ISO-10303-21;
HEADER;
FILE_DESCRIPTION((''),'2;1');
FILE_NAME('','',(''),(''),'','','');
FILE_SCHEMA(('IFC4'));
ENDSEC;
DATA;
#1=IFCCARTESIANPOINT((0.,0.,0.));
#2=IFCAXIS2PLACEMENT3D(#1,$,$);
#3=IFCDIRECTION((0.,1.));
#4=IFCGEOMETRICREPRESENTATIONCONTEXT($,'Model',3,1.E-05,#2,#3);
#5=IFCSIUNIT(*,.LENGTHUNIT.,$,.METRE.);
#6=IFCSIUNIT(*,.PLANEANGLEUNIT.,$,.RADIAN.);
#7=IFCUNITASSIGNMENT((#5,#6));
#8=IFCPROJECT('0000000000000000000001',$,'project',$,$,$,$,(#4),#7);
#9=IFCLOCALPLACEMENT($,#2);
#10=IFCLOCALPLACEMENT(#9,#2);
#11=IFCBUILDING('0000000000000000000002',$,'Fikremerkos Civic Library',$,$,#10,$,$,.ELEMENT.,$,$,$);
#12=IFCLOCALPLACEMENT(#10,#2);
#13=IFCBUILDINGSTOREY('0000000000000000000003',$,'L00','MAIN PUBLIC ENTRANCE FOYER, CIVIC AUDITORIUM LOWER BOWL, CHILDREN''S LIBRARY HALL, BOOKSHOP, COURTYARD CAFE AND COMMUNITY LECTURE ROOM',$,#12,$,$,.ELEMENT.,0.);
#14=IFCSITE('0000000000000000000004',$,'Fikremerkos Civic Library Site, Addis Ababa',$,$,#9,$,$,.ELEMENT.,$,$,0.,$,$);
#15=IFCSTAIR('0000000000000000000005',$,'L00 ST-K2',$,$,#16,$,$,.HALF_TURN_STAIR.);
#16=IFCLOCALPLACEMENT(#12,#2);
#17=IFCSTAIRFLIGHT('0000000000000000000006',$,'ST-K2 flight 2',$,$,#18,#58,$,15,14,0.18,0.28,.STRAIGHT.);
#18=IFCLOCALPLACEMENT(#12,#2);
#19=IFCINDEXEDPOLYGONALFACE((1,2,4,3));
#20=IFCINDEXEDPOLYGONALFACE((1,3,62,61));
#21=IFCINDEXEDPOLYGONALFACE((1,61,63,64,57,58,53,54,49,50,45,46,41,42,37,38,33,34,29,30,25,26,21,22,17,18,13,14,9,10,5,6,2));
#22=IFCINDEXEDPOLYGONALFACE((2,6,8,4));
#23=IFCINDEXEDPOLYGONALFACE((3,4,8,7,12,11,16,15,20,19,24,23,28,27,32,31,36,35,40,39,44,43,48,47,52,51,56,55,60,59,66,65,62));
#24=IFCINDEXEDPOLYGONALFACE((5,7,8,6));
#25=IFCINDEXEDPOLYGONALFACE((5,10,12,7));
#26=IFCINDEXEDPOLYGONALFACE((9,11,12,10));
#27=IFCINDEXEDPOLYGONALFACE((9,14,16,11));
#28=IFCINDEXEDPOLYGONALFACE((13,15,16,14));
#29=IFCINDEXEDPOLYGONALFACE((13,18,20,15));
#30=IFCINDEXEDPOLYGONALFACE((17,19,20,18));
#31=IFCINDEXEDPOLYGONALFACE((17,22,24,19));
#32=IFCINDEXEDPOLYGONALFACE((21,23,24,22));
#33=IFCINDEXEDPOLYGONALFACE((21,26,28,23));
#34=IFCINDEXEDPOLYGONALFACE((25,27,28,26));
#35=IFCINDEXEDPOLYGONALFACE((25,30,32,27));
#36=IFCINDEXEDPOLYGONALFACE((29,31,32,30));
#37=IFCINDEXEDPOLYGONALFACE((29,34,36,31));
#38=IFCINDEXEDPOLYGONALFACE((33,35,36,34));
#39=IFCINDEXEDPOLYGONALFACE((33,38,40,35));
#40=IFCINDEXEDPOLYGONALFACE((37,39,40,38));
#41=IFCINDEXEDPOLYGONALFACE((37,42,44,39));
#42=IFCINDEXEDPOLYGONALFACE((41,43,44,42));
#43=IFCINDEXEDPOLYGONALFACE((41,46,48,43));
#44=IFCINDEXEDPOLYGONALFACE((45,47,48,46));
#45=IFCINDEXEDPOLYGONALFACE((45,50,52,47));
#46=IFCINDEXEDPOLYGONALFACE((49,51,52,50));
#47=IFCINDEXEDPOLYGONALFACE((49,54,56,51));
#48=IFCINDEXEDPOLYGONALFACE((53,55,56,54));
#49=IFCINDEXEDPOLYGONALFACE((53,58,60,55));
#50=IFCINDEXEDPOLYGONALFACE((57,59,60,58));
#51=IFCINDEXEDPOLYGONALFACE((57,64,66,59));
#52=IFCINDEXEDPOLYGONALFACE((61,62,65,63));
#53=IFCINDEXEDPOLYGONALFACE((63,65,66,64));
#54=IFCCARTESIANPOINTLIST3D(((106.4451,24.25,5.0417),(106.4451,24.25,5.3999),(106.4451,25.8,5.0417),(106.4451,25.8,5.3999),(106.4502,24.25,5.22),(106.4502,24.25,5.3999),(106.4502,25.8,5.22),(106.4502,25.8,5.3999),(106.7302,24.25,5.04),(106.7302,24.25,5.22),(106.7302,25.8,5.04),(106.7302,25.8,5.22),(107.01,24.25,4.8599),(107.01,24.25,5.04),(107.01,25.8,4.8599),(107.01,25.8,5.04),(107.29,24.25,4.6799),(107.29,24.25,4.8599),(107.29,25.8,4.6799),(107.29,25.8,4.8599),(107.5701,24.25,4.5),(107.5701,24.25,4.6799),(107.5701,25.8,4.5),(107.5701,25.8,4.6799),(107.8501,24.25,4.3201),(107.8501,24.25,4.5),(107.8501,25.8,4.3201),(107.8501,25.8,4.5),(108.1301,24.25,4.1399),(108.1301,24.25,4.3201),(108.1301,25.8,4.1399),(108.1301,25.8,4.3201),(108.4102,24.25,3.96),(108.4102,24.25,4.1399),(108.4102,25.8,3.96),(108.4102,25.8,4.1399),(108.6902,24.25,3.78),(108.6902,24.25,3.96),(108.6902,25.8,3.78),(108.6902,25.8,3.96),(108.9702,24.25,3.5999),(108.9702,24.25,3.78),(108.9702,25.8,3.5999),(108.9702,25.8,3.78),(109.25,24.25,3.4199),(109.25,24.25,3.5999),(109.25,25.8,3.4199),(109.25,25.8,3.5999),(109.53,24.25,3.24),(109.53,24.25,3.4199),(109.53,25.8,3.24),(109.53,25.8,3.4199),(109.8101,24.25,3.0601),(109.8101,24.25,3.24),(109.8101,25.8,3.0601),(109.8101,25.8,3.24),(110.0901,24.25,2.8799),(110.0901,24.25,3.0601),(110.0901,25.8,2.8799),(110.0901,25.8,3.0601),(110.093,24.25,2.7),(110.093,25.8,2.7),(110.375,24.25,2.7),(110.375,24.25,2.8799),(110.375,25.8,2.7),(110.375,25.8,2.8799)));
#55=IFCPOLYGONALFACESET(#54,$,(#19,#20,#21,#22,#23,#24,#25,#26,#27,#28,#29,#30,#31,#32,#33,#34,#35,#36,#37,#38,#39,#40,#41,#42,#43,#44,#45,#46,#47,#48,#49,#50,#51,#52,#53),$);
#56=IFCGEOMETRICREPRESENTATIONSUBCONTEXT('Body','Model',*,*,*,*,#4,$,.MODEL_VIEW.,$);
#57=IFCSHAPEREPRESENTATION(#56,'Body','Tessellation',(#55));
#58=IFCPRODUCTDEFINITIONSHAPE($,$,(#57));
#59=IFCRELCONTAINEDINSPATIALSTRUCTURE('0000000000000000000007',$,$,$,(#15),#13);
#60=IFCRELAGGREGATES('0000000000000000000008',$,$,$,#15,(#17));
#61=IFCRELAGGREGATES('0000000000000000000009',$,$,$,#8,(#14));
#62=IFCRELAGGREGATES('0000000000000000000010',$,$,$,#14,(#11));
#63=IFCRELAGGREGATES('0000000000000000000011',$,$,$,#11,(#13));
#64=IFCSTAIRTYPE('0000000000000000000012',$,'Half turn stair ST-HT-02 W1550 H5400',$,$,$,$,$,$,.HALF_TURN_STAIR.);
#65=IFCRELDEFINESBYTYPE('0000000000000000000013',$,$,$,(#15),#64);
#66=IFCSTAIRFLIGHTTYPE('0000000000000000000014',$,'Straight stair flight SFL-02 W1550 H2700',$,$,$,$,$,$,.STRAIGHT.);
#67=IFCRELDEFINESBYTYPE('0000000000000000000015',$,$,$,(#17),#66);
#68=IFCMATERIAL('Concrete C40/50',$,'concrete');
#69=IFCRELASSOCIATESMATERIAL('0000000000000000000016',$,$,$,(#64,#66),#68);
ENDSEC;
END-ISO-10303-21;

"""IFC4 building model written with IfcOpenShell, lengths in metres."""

from ifc_helpers import new_model, si_unit, direction, frame, origin, place, context, subcontext, project, spatial, polyline, outline, extrude, material, type_object, element, aggregate, save


model = new_model("IFC4")

# Units and contexts
model_context = context("Model", 3, precision=1e-05, world=origin(), true_north=direction((0.0, 1.0)))
body_context = subcontext(model_context, "Body", "Model", "MODEL_VIEW")
ifc_project = project(units=[si_unit("LENGTHUNIT", "METRE"), si_unit("PLANEANGLEUNIT", "RADIAN")], contexts=[model_context])

# Site, building, storey
site_placement = place(None, origin())
site = spatial("IfcSite", under=ifc_project, at=site_placement, Name="Fikremerkos Civic Library Site, Addis Ababa", CompositionType="ELEMENT", RefElevation=0.0)
building_placement = place(site_placement, origin())
building = spatial("IfcBuilding", under=site, at=building_placement, Name="Fikremerkos Civic Library", CompositionType="ELEMENT")
storey_placement = place(building_placement, origin())
storey = spatial("IfcBuildingStorey", under=building, at=storey_placement, Name="L00", Description="MAIN PUBLIC ENTRANCE FOYER, CIVIC AUDITORIUM LOWER BOWL, CHILDREN'S LIBRARY HALL, BOOKSHOP, COURTYARD CAFE AND COMMUNITY LECTURE ROOM", CompositionType="ELEMENT", Elevation=0.0)

# Shared definitions
ifc_material_1 = material(Name="Concrete C40/50", Category="concrete")

# Stair, stair flight
stair_type = type_object("IfcStairType", Name="Half turn stair ST-HT-02 W1550 H5400", PredefinedType="HALF_TURN_STAIR", material=ifc_material_1)
stair_placement = place(storey_placement, origin())
stair = element("IfcStair", 1, at=stair_placement, inside=storey, type_object=stair_type, Name="L00 ST-K2", PredefinedType="HALF_TURN_STAIR")
stair_flight_type = type_object("IfcStairFlightType", Name="Straight stair flight SFL-02 W1550 H2700", PredefinedType="STRAIGHT", material=ifc_material_1)
stair_flight_1_placement = place(storey_placement, frame((110.3701, 25.0249, 2.7), z_axis=(0.0, 0.0, 1.0), x_axis=(-1.0, 0.0, 0.0)))
stair_flight_1 = element("IfcStairFlight", 2, at=stair_flight_1_placement, type_object=stair_flight_type, Name="ST-K2 flight 2", NumberOfRisers=15, NumberOfTreads=14, PredefinedType="STRAIGHT", RiserHeight=0.18, TreadLength=0.28, context=body_context, shape_type="SweptSolid", body=[
    extrude(outline(polyline([(-0.0049, 0.0), (-0.0049, 0.1799), (0.28, 0.1799), (0.28, 0.3601), (0.5601, 0.3601), (0.5601, 0.54), (0.8401, 0.54), (0.8401, 0.72), (1.1201, 0.72), (1.1201, 0.8999), (1.3999, 0.8999), (1.3999, 1.0801), (1.6799, 1.0801), (1.6799, 1.26), (1.96, 1.26), (1.96, 1.4399), (2.24, 1.4399), (2.24, 1.6201), (2.52, 1.6201), (2.52, 1.8), (2.8, 1.8), (2.8, 1.98), (3.0801, 1.98), (3.0801, 2.1599), (3.3601, 2.1599), (3.3601, 2.3401), (3.6399, 2.3401), (3.6399, 2.52), (3.9199, 2.52), (3.9199, 2.7), (3.925, 2.7), (3.925, 2.3418), (0.2771, 0.0), (-0.0049, 0.0)])), frame((0.0, 0.7749, 0.0), z_axis=(0.0, -1.0, 0.0), x_axis=(1.0, 0.0, 0.0)), (0.0, 0.0, 1.0), 1.55),
])
aggregate(stair, [stair_flight_1])

save(model, "model.ifc")
